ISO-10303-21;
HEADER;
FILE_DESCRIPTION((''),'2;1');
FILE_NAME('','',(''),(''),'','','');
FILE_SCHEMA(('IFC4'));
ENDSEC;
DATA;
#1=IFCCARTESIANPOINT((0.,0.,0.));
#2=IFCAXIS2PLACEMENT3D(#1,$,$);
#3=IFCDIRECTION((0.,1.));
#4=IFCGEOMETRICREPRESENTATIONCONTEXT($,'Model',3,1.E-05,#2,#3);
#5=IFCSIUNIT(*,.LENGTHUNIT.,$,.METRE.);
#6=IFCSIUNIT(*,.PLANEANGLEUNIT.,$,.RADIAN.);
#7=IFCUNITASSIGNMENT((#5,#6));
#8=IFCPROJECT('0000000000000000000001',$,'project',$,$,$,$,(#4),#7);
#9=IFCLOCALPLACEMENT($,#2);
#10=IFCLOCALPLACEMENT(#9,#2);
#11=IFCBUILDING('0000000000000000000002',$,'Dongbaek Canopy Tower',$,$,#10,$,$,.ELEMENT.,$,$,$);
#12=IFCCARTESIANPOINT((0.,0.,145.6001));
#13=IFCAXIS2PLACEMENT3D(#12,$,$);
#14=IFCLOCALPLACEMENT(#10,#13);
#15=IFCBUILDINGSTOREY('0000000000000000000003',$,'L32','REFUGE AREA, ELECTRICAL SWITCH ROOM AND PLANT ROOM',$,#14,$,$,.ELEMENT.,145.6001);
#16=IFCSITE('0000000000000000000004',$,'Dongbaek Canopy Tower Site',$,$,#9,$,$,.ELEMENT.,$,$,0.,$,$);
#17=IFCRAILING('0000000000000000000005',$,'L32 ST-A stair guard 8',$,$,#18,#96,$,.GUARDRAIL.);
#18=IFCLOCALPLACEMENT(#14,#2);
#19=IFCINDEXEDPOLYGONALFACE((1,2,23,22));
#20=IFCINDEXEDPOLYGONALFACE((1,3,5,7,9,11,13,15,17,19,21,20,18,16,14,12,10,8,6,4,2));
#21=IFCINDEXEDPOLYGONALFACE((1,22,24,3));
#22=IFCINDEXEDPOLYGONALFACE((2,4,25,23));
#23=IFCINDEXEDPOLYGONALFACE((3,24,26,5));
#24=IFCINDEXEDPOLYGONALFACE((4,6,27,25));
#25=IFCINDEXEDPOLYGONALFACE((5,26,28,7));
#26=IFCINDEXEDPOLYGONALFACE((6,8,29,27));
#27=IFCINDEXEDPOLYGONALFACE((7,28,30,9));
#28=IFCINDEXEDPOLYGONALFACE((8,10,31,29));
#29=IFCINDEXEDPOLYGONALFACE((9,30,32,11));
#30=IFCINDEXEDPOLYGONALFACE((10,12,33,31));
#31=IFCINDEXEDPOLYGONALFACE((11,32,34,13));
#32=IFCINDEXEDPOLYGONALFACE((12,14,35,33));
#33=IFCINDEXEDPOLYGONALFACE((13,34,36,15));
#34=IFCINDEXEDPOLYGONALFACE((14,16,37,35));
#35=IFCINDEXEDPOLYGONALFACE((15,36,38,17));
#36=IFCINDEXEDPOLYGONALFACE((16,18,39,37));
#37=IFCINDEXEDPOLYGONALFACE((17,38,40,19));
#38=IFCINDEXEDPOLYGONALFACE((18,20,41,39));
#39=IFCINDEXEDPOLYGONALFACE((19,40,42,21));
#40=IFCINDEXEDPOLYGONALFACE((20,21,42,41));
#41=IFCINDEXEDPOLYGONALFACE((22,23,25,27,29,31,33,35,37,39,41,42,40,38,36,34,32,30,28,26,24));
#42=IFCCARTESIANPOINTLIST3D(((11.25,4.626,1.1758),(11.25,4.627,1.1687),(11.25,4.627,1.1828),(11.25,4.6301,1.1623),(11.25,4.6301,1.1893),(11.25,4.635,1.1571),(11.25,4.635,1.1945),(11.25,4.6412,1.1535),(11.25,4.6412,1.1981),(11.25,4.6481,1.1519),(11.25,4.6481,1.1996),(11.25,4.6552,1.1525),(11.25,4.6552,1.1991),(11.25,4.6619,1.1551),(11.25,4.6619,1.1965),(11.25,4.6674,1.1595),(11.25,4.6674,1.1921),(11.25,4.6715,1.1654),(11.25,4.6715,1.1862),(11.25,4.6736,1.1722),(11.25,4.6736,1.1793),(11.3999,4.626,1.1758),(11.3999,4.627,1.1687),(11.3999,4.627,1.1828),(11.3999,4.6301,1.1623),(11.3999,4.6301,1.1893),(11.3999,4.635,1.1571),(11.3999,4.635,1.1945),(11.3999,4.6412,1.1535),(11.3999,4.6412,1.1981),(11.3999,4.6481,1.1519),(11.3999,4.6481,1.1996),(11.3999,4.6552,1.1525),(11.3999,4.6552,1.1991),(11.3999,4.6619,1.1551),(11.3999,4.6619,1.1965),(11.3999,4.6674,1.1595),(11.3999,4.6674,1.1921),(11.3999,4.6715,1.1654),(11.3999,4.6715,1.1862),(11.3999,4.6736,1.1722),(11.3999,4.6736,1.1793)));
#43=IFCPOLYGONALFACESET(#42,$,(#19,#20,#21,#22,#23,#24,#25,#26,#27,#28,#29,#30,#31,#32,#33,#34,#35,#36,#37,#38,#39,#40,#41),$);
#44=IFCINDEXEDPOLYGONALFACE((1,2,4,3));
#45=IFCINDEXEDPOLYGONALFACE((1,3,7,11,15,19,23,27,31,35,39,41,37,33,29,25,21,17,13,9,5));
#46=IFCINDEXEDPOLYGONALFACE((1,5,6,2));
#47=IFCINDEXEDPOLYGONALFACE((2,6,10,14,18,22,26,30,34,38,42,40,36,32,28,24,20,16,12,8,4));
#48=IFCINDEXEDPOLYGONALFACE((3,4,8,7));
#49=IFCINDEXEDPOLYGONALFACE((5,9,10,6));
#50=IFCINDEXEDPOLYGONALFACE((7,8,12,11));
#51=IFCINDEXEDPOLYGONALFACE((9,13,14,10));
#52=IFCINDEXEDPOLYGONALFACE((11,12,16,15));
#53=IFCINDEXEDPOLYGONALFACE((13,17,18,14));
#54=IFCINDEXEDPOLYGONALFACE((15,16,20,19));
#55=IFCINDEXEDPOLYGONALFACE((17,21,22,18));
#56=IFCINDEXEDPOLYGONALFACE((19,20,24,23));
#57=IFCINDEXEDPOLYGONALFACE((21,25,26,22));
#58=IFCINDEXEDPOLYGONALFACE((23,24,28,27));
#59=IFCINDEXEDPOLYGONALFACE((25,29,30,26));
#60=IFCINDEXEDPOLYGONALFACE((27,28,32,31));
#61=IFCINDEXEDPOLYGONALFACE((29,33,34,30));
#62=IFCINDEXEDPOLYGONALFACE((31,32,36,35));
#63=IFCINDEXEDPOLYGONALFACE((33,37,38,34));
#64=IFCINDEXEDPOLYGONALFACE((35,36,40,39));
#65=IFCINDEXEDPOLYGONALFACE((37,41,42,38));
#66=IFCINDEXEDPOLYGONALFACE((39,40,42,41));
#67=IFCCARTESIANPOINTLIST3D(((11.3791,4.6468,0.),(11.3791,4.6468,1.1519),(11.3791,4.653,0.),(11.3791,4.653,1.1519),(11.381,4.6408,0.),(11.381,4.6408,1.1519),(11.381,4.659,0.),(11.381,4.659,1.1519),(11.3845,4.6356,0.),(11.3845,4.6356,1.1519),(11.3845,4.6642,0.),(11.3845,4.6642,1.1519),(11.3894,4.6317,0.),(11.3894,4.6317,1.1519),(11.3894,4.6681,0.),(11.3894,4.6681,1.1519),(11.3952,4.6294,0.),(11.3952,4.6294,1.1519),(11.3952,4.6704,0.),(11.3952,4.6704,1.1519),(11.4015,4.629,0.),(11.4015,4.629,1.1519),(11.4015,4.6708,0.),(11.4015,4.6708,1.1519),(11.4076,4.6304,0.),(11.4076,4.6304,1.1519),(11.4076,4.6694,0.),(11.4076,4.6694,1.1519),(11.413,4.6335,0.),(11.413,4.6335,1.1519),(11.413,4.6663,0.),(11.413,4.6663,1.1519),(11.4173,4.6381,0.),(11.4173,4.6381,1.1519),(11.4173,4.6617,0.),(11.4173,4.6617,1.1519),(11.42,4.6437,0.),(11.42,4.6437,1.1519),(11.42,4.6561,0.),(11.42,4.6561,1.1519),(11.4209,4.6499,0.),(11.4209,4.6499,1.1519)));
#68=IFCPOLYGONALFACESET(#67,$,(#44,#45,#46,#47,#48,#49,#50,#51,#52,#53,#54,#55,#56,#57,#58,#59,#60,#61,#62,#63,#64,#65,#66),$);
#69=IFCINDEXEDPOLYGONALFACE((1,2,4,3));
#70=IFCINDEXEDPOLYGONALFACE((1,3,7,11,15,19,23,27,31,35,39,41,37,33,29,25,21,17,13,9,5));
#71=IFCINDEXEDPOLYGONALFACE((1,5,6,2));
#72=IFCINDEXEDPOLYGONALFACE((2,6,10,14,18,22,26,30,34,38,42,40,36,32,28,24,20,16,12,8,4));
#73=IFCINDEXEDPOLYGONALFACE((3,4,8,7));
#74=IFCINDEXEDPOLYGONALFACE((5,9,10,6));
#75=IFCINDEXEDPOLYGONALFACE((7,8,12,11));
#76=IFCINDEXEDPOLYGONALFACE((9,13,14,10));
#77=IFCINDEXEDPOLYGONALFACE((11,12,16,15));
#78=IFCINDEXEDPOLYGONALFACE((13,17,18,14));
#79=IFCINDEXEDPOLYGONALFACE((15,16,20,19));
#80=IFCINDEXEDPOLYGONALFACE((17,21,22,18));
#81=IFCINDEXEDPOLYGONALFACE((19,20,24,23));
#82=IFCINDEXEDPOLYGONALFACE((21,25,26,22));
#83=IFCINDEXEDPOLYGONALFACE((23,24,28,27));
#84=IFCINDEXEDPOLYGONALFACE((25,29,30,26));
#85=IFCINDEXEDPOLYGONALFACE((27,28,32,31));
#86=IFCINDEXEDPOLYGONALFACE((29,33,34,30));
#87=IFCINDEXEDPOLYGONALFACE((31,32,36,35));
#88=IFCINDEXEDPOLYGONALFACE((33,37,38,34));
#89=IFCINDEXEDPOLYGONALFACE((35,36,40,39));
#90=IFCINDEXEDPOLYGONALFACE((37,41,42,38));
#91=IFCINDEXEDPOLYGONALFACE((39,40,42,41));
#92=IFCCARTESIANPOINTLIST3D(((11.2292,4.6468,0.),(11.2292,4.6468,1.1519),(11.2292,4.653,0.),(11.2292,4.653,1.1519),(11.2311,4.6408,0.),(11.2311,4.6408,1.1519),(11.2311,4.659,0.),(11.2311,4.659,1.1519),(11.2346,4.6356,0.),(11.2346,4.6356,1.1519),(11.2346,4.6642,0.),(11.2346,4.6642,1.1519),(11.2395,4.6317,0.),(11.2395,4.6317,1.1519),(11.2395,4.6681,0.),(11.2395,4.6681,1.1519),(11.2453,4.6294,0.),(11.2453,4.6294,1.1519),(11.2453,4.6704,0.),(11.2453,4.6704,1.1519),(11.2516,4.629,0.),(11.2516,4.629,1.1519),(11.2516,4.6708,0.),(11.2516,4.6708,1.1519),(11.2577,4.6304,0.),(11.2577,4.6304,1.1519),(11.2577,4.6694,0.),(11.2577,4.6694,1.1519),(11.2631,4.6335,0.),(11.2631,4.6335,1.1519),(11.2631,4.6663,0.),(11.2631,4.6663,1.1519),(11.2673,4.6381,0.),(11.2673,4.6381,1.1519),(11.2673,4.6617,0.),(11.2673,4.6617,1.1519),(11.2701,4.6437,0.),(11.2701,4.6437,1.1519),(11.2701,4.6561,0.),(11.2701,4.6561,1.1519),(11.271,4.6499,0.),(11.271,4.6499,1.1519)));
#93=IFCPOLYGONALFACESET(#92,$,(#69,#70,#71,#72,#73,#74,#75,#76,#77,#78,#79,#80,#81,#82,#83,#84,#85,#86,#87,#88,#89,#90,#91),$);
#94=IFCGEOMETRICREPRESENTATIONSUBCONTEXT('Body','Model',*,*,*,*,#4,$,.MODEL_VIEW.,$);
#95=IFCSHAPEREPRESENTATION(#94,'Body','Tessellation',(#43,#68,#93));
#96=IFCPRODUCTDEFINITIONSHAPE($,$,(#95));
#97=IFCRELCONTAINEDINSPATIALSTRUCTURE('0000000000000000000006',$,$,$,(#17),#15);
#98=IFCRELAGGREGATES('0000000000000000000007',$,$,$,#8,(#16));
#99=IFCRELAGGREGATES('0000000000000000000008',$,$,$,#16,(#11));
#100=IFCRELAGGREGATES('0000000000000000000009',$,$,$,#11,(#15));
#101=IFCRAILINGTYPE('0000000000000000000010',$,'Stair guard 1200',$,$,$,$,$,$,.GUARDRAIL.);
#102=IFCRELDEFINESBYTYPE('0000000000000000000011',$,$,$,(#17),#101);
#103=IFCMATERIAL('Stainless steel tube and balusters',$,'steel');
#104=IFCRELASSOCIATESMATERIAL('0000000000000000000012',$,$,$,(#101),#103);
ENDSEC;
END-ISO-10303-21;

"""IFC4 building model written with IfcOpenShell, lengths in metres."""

from ifc_helpers import new_model, si_unit, direction, frame, origin, origin_2d, place, context, subcontext, project, spatial, circle, extrude, material, type_object, element, save


model = new_model("IFC4")

# Units and contexts
model_context = context("Model", 3, precision=1e-05, world=origin(), true_north=direction((0.0, 1.0)))
body_context = subcontext(model_context, "Body", "Model", "MODEL_VIEW")
ifc_project = project(units=[si_unit("LENGTHUNIT", "METRE"), si_unit("PLANEANGLEUNIT", "RADIAN")], contexts=[model_context])

# Site, building, storey
site_placement = place(None, origin())
site = spatial("IfcSite", under=ifc_project, at=site_placement, Name="Dongbaek Canopy Tower Site", CompositionType="ELEMENT", RefElevation=0.0)
building_placement = place(site_placement, origin())
building = spatial("IfcBuilding", under=site, at=building_placement, Name="Dongbaek Canopy Tower", CompositionType="ELEMENT")
storey_placement = place(building_placement, frame((0.0, 0.0, 145.6001)))
storey = spatial("IfcBuildingStorey", under=building, at=storey_placement, Name="L32", Description="REFUGE AREA, ELECTRICAL SWITCH ROOM AND PLANT ROOM", CompositionType="ELEMENT", Elevation=145.6001)

# Railing
ifc_material_1 = material(Name="Stainless steel tube and balusters", Category="steel")
railing_type_1 = type_object("IfcRailingType", Name="Stair guard 1200", PredefinedType="GUARDRAIL", material=ifc_material_1)
railing_1_placement = place(storey_placement, frame((11.3999, 4.6499, 0.0)))
element("IfcRailing", 1, at=railing_1_placement, inside=storey, type_object=railing_type_1, Name="L32 ST-A stair guard 8", PredefinedType="GUARDRAIL", context=body_context, shape_type="SweptSolid", body=[
    extrude(circle(Radius=0.0239, at=origin_2d()), frame((0.0, 0.0, 1.1758), z_axis=(-1.0, 0.0, 0.0), x_axis=(0.0, -1.0, 0.0)), (0.0, 0.0, 1.0), 0.1499),
    extrude(circle(Radius=0.021, at=origin_2d()), origin(), (0.0, 0.0, 1.0), 1.1519),
    extrude(circle(Radius=0.021, at=origin_2d()), frame((-0.1499, 0.0, 0.0)), (0.0, 0.0, 1.0), 1.1519),
])

save(model, "model.ifc")
